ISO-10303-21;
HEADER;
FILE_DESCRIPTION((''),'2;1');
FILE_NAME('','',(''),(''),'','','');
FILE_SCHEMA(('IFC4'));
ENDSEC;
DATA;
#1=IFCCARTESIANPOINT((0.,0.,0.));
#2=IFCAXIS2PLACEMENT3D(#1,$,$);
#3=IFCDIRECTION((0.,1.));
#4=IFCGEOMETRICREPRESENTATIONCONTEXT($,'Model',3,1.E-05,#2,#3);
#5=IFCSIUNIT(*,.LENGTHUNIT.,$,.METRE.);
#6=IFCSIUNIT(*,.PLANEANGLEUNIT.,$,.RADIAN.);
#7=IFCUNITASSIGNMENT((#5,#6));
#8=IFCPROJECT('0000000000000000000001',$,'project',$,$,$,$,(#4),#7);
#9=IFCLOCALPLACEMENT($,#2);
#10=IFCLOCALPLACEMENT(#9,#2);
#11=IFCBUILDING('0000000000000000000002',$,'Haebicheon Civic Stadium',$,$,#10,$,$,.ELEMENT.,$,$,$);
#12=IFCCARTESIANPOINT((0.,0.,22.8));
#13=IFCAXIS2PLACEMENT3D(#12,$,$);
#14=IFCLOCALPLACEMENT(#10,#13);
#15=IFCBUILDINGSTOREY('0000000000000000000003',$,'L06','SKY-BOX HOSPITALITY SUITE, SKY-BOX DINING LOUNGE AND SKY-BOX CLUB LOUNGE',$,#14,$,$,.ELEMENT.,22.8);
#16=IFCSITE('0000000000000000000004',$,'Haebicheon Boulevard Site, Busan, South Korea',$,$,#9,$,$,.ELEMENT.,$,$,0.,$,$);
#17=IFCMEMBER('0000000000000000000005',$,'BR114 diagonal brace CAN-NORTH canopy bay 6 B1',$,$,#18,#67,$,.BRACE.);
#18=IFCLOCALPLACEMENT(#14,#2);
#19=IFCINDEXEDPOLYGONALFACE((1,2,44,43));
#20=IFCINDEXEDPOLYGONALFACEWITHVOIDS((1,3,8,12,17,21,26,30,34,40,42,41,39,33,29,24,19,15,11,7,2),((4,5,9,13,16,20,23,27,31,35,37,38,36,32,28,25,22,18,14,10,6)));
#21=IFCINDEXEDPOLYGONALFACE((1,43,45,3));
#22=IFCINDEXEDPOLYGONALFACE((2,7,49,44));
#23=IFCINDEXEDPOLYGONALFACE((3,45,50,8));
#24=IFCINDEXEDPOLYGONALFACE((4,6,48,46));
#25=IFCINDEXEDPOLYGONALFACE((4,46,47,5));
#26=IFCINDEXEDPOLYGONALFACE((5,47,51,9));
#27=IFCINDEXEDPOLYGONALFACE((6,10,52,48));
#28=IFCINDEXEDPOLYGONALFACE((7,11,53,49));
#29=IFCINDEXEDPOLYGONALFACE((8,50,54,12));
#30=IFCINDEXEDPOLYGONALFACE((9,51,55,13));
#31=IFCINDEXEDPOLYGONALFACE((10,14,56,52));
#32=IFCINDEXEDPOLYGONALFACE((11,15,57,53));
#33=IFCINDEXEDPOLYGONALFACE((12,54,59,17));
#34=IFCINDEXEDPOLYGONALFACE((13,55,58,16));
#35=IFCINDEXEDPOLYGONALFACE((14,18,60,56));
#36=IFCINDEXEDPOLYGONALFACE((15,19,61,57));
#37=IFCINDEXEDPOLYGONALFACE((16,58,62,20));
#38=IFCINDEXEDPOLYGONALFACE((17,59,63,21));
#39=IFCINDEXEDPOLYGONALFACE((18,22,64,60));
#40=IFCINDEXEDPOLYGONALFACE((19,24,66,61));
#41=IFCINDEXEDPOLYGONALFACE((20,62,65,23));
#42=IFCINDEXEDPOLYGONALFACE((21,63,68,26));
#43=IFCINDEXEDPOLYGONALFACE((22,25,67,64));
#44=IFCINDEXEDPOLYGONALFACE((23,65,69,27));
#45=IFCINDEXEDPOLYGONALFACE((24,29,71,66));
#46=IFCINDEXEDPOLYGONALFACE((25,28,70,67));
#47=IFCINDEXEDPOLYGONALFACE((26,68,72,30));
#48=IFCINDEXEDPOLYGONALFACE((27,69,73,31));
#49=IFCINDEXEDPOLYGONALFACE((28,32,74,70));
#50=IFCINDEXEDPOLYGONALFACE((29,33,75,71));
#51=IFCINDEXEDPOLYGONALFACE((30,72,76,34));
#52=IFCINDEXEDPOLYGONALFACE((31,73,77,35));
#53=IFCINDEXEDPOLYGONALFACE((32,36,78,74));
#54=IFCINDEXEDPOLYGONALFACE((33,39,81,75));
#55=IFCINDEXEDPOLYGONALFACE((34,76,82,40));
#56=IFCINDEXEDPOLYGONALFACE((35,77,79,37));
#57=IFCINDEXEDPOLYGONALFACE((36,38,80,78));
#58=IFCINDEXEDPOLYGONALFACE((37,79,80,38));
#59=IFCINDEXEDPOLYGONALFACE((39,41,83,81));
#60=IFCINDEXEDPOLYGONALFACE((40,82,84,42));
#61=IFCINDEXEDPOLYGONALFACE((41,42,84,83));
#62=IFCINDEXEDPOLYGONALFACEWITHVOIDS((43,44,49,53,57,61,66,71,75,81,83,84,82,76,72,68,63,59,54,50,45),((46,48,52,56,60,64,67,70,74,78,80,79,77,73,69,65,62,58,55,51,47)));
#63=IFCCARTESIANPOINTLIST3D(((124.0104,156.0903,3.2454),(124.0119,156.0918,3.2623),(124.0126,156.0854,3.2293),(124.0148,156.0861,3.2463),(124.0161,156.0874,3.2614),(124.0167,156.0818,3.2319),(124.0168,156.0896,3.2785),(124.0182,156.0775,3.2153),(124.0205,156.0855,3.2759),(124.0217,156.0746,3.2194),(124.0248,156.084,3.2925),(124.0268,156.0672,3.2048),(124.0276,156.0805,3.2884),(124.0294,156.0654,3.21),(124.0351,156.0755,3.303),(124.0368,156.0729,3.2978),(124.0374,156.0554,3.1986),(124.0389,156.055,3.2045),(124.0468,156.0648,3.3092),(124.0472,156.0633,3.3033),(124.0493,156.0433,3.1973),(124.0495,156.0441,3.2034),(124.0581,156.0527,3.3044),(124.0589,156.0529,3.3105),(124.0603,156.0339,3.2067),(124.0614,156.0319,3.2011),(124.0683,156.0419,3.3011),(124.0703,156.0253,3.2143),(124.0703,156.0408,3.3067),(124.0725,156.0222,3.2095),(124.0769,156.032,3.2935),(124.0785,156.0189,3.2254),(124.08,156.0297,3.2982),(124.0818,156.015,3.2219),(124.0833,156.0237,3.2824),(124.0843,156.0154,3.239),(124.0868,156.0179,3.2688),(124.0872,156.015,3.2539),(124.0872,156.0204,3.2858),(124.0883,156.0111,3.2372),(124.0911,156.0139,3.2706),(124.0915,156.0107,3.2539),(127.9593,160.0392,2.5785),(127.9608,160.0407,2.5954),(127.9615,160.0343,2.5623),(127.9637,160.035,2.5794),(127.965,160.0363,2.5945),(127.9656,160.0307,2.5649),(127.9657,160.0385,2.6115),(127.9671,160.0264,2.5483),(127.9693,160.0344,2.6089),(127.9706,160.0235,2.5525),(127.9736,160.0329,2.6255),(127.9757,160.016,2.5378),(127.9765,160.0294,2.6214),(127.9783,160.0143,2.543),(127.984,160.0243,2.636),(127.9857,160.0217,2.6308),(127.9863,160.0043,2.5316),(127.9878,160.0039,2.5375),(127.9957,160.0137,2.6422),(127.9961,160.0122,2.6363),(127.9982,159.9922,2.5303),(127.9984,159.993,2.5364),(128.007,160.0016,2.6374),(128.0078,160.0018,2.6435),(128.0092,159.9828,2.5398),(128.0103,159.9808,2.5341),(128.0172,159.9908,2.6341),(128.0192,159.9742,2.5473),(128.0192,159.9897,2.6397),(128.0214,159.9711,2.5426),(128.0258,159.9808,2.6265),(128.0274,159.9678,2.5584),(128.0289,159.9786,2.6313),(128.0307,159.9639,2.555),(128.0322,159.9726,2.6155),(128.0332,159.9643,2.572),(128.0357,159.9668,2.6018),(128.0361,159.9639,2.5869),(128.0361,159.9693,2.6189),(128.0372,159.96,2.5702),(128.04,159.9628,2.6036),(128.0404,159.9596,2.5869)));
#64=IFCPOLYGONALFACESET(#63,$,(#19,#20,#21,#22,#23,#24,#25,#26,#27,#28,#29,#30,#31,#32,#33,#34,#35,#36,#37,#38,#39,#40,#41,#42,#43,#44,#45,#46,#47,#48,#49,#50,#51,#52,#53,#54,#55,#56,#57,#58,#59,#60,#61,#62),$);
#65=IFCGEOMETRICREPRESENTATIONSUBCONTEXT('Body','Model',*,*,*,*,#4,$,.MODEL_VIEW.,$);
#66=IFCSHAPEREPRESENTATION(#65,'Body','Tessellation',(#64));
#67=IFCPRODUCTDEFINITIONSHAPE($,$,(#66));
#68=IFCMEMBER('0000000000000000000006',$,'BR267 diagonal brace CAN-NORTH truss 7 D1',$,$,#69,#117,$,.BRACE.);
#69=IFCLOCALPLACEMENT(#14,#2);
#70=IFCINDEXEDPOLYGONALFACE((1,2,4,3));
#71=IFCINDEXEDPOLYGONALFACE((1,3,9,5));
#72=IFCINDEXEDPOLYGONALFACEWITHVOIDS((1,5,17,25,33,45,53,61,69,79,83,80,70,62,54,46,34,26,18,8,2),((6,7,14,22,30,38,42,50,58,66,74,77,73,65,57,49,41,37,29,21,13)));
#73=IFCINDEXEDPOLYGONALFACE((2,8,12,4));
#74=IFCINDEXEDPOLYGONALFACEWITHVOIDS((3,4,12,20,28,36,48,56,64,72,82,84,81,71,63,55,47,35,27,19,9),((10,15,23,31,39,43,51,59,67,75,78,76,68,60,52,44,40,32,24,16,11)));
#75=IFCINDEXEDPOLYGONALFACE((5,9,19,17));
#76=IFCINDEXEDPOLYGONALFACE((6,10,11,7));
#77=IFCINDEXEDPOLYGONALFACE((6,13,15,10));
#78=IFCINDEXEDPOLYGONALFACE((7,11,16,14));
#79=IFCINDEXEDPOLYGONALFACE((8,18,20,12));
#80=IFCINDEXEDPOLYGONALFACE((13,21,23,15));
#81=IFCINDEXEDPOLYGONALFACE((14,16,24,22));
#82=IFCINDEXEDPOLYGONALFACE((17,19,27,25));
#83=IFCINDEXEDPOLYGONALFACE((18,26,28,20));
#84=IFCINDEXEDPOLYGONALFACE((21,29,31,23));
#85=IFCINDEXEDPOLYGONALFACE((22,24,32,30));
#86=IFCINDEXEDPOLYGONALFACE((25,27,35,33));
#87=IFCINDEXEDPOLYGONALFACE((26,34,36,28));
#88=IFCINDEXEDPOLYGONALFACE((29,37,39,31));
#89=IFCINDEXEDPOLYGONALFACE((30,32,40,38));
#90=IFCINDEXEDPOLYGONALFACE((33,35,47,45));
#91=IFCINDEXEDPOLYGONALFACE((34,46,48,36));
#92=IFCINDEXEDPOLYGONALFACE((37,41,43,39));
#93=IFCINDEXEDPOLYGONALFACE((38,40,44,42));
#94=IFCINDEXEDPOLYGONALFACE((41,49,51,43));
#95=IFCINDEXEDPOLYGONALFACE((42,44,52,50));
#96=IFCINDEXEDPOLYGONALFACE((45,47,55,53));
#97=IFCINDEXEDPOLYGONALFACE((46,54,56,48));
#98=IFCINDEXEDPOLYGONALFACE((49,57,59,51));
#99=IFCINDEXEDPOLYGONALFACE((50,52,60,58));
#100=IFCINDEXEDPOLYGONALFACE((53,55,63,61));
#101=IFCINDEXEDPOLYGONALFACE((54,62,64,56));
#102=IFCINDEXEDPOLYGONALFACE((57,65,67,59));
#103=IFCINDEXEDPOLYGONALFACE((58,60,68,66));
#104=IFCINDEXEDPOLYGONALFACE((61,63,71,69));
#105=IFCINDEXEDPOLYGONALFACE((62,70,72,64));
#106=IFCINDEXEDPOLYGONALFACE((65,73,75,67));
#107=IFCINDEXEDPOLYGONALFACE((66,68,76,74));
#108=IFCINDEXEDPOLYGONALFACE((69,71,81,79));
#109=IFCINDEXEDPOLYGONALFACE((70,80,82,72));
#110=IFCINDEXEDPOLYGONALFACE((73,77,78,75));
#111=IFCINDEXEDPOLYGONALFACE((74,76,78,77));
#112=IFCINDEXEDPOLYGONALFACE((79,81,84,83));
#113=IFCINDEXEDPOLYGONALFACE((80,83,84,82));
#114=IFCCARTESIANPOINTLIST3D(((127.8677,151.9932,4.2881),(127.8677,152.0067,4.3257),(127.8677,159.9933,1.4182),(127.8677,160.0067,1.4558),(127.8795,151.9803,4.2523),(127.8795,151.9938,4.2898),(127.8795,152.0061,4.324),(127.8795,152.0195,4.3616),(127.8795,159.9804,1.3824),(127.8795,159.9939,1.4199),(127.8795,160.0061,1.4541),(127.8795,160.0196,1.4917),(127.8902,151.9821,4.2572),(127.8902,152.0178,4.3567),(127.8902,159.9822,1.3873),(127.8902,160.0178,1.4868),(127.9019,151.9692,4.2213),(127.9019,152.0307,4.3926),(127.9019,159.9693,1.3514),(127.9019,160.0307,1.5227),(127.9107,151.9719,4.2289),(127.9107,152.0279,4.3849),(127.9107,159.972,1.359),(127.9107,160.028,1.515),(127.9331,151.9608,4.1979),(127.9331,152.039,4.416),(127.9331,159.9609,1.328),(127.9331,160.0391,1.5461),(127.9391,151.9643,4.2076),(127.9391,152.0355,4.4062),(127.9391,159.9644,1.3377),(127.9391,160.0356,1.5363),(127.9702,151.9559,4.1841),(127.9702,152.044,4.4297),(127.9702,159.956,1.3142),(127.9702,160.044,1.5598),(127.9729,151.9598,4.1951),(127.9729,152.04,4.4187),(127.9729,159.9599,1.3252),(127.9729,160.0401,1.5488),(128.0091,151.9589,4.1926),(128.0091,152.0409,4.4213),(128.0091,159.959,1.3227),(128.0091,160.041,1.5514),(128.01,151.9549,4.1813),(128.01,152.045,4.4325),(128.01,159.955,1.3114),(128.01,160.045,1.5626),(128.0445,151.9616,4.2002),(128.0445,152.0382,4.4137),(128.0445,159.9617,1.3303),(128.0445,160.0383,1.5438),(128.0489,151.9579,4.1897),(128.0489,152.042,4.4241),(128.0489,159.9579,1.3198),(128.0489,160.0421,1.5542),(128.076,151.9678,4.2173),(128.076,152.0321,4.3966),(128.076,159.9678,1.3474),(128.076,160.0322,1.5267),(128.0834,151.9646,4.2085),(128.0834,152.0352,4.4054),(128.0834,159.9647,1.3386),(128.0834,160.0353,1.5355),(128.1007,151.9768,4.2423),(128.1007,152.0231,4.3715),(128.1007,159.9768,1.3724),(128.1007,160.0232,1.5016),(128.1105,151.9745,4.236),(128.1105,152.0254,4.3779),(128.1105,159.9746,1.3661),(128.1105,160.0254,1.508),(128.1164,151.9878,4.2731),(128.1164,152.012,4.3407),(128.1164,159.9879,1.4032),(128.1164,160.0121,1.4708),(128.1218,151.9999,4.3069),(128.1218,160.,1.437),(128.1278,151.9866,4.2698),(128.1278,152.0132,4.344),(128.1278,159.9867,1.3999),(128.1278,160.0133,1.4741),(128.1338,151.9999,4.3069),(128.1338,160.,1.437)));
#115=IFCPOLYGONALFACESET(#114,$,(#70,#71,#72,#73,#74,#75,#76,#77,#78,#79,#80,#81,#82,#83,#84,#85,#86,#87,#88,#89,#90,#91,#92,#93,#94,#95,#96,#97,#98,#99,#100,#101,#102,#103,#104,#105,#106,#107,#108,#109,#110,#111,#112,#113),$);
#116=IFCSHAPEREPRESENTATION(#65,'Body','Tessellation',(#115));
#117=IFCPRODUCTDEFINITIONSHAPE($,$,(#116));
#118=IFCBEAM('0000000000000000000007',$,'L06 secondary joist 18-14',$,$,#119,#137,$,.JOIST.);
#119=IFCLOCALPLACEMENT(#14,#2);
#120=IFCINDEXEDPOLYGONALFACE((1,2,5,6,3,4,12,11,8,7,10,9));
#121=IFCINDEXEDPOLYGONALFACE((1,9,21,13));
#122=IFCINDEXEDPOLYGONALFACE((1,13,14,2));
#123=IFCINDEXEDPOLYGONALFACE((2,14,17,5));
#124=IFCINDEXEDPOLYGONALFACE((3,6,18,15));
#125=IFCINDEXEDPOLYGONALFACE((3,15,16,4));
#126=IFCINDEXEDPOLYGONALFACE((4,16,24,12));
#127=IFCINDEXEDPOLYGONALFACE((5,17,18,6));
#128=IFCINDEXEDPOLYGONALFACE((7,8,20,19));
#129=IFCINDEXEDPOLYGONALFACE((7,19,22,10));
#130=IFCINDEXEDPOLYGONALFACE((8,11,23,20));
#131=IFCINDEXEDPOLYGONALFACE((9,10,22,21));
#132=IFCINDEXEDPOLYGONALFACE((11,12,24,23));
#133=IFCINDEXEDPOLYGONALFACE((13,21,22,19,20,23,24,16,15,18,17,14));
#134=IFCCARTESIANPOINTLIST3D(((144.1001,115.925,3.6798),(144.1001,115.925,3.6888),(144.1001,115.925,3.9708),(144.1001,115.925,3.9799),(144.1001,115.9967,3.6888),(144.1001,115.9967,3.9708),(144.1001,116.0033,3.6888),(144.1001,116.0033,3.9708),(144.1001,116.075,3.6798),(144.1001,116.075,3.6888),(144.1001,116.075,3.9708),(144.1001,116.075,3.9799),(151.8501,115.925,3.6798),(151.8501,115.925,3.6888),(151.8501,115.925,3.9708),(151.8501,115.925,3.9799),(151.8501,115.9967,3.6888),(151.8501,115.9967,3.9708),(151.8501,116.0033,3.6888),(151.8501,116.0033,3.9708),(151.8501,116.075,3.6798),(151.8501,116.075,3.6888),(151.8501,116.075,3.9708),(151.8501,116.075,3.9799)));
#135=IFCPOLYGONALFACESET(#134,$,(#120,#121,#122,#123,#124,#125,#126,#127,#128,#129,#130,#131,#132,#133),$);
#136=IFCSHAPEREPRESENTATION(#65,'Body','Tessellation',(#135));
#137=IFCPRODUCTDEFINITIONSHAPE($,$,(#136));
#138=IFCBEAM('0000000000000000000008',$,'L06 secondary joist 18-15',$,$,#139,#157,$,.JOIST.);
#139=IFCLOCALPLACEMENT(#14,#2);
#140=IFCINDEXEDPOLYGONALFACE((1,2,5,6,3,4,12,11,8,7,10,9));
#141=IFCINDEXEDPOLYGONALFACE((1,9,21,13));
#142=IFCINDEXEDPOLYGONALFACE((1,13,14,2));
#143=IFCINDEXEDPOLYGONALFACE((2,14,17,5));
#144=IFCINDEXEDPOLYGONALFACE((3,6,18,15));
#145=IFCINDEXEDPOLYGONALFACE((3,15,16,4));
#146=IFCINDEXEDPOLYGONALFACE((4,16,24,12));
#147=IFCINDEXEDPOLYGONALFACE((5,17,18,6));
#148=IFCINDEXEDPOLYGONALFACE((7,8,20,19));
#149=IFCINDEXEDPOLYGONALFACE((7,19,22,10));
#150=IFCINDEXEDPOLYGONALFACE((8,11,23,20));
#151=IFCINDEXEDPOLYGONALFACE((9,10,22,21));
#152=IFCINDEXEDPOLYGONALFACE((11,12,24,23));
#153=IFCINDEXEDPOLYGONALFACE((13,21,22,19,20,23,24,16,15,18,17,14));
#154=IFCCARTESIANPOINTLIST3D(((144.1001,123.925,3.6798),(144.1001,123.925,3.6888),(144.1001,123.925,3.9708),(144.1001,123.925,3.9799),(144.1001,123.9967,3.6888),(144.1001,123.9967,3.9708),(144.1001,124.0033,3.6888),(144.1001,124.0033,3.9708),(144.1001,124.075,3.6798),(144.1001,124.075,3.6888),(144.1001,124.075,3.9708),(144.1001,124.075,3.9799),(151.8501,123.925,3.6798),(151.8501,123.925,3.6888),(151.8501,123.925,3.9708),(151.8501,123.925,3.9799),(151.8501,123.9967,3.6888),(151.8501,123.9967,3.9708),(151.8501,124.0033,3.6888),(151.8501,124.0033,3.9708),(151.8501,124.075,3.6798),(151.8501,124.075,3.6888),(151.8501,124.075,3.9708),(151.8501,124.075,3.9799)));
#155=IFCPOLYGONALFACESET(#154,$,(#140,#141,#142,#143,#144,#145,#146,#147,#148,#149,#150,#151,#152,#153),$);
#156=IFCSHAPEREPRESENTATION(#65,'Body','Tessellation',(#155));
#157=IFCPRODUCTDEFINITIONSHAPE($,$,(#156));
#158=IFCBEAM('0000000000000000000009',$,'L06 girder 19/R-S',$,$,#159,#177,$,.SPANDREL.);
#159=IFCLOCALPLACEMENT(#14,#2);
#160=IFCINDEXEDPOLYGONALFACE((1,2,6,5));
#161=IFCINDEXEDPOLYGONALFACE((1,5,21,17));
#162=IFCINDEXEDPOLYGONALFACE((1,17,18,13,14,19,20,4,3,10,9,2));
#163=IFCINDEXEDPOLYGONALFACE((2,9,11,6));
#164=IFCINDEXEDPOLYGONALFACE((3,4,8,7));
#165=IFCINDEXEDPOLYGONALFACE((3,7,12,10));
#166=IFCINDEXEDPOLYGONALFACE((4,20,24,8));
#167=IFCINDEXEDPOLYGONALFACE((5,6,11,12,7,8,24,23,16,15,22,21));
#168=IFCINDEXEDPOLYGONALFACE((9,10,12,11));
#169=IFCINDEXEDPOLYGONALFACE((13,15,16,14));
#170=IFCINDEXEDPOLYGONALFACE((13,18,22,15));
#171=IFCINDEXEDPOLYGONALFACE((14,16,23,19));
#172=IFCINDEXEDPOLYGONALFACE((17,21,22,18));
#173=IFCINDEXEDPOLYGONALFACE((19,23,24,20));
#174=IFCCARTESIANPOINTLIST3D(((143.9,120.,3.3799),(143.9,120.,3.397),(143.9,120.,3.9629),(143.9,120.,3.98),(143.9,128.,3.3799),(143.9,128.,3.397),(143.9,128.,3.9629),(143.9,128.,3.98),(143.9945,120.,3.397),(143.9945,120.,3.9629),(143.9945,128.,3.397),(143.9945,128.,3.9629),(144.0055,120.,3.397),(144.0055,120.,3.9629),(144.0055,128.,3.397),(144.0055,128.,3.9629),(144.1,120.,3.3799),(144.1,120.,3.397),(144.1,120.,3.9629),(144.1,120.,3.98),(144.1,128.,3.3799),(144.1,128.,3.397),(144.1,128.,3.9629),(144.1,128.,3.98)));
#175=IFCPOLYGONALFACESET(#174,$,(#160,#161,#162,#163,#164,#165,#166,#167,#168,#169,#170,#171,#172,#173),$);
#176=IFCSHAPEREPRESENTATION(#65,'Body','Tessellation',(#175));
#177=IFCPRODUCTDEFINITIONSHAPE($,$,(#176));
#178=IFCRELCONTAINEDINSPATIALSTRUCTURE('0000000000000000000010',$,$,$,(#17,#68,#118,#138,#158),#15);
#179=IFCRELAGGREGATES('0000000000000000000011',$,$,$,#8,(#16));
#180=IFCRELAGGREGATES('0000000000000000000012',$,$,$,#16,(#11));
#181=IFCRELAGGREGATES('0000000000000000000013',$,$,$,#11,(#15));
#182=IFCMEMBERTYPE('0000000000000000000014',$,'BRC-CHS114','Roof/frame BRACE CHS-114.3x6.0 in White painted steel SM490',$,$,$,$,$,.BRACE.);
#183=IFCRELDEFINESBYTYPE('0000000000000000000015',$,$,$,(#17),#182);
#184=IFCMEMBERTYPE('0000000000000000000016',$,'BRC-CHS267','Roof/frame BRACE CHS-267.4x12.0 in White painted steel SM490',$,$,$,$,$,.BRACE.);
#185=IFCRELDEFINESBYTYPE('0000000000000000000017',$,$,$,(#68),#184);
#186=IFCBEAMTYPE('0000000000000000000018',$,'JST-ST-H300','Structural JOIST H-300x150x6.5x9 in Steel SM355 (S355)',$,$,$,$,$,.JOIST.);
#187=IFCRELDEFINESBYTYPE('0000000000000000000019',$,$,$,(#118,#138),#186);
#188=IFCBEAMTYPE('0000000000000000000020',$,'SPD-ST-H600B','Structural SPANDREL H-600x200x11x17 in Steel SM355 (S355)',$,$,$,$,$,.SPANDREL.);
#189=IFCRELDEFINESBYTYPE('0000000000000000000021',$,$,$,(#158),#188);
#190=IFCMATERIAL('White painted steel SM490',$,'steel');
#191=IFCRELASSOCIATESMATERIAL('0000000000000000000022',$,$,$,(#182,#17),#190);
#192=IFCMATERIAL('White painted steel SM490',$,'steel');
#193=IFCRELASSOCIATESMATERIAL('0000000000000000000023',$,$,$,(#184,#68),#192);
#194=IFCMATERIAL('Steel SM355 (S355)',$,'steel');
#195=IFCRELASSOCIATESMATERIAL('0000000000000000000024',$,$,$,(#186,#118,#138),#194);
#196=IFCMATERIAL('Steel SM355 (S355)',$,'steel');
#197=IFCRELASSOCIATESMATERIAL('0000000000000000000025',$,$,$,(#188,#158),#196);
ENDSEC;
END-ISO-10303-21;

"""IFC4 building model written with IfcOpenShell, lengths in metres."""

from ifc_helpers import new_model, si_unit, direction, frame, origin, origin_2d, place, context, subcontext, project, spatial, hollow_circle, i_section, extrude, material, material_profile, profile_set, type_object, element, save


model = new_model("IFC4")

# Units and contexts
model_context = context("Model", 3, precision=1e-05, world=origin(), true_north=direction((0.0, 1.0)))
body_context = subcontext(model_context, "Body", "Model", "MODEL_VIEW")
ifc_project = project(units=[si_unit("LENGTHUNIT", "METRE"), si_unit("PLANEANGLEUNIT", "RADIAN")], contexts=[model_context])

# Site, building, storey
site_placement = place(None, origin())
site = spatial("IfcSite", under=ifc_project, at=site_placement, Name="Haebicheon Boulevard Site, Busan, South Korea", CompositionType="ELEMENT", RefElevation=0.0)
building_placement = place(site_placement, origin())
building = spatial("IfcBuilding", under=site, at=building_placement, Name="Haebicheon Civic Stadium", CompositionType="ELEMENT")
storey_placement = place(building_placement, frame((0.0, 0.0, 22.8)))
storey = spatial("IfcBuildingStorey", under=building, at=storey_placement, Name="L06", Description="SKY-BOX HOSPITALITY SUITE, SKY-BOX DINING LOUNGE AND SKY-BOX CLUB LOUNGE", CompositionType="ELEMENT", Elevation=22.8)

# Members
ifc_material_1 = material(Name="White painted steel SM490", Category="steel")
ifc_material_profile_1 = material_profile(ifc_material_1, hollow_circle(Radius=0.0571, WallThickness=0.0061, at=origin_2d()), Name="CHS-114.3x6.0")
ifc_profile_set_1 = profile_set([ifc_material_profile_1], Name="White painted steel SM490")
member_type_1 = type_object("IfcMemberType", Name="BRC-CHS114", Description="Roof/frame BRACE CHS-114.3x6.0 in White painted steel SM490", PredefinedType="BRACE", material=ifc_profile_set_1)
member_1_placement = place(storey_placement, frame((128.0, 160.0, 2.5869), z_axis=(-0.702117, -0.702117, 0.118589), x_axis=(0.707107, -0.707107, 0.0)))
element("IfcMember", 1, at=member_1_placement, inside=storey, type_object=member_type_1, material=ifc_profile_set_1, Name="BR114 diagonal brace CAN-NORTH canopy bay 6 B1", PredefinedType="BRACE", context=body_context, shape_type="SweptSolid", body=[
    extrude(hollow_circle(Radius=0.0571, WallThickness=0.0061, at=origin_2d()), origin(), (0.0, 0.0, 1.0), 5.6243),
])
ifc_material_2 = material(Name="White painted steel SM490", Category="steel")
ifc_material_profile_2 = material_profile(ifc_material_2, hollow_circle(Radius=0.1338, WallThickness=0.012, at=origin_2d()), Name="CHS-267.4x12.0")
ifc_profile_set_2 = profile_set([ifc_material_profile_2], Name="White painted steel SM490")
member_type_2 = type_object("IfcMemberType", Name="BRC-CHS267", Description="Roof/frame BRACE CHS-267.4x12.0 in White painted steel SM490", PredefinedType="BRACE", material=ifc_profile_set_2)
member_2_placement = place(storey_placement, frame((128.0, 160.0, 1.437), z_axis=(0.0, -0.941267, 0.337664), x_axis=(1.0, 0.0, 0.0)))
element("IfcMember", 2, at=member_2_placement, inside=storey, type_object=member_type_2, material=ifc_profile_set_2, Name="BR267 diagonal brace CAN-NORTH truss 7 D1", PredefinedType="BRACE", context=body_context, shape_type="SweptSolid", body=[
    extrude(hollow_circle(Radius=0.1338, WallThickness=0.012, at=origin_2d()), origin(), (0.0, 0.0, 1.0), 8.4993),
])

# Beams
ifc_material_3 = material(Name="Steel SM355 (S355)", Category="steel")
ifc_material_profile_3 = material_profile(ifc_material_3, i_section(OverallWidth=0.1499, OverallDepth=0.3, WebThickness=0.0066, FlangeThickness=0.009, at=origin_2d()), Name="H-300x150x6.5x9")
ifc_profile_set_3 = profile_set([ifc_material_profile_3], Name="Steel SM355 (S355)")
beam_type_1 = type_object("IfcBeamType", Name="JST-ST-H300", Description="Structural JOIST H-300x150x6.5x9 in Steel SM355 (S355)", PredefinedType="JOIST", material=ifc_profile_set_3)
for number, where, z_axis, x_axis, name in (
    (3, (144.1001, 116.0, 3.8298), (1.0, 0.0, 0.0), (0.0, 1.0, 0.0), "L06 secondary joist 18-14"),
    (4, (144.1001, 124.0, 3.8298), (1.0, 0.0, 0.0), (0.0, 1.0, 0.0), "L06 secondary joist 18-15"),
):
    element("IfcBeam", number, at=place(storey_placement, frame(where, z_axis=z_axis, x_axis=x_axis)), inside=storey, type_object=beam_type_1, material=ifc_profile_set_3, Name=name, PredefinedType="JOIST", context=body_context, shape_type="SweptSolid", body=[
        extrude(i_section(OverallWidth=0.1499, OverallDepth=0.3, WebThickness=0.0066, FlangeThickness=0.009, at=origin_2d()), origin(), (0.0, 0.0, 1.0), 7.75),
    ])
ifc_material_4 = material(Name="Steel SM355 (S355)", Category="steel")
ifc_material_profile_4 = material_profile(ifc_material_4, i_section(OverallWidth=0.2, OverallDepth=0.6001, WebThickness=0.011, FlangeThickness=0.0171, at=origin_2d()), Name="H-600x200x11x17")
ifc_profile_set_4 = profile_set([ifc_material_profile_4], Name="Steel SM355 (S355)")
beam_type_2 = type_object("IfcBeamType", Name="SPD-ST-H600B", Description="Structural SPANDREL H-600x200x11x17 in Steel SM355 (S355)", PredefinedType="SPANDREL", material=ifc_profile_set_4)
for number, where, z_axis, x_axis, name in (
    (5, (144.0, 120.0, 3.6799), (0.0, 1.0, 0.0), (-1.0, 0.0, 0.0), "L06 girder 19/R-S"),
):
    element("IfcBeam", number, at=place(storey_placement, frame(where, z_axis=z_axis, x_axis=x_axis)), inside=storey, type_object=beam_type_2, material=ifc_profile_set_4, Name=name, PredefinedType="SPANDREL", context=body_context, shape_type="SweptSolid", body=[
        extrude(i_section(OverallWidth=0.2, OverallDepth=0.6001, WebThickness=0.011, FlangeThickness=0.0171, at=origin_2d()), origin(), (0.0, 0.0, 1.0), 8.0),
    ])

save(model, "model.ifc")
